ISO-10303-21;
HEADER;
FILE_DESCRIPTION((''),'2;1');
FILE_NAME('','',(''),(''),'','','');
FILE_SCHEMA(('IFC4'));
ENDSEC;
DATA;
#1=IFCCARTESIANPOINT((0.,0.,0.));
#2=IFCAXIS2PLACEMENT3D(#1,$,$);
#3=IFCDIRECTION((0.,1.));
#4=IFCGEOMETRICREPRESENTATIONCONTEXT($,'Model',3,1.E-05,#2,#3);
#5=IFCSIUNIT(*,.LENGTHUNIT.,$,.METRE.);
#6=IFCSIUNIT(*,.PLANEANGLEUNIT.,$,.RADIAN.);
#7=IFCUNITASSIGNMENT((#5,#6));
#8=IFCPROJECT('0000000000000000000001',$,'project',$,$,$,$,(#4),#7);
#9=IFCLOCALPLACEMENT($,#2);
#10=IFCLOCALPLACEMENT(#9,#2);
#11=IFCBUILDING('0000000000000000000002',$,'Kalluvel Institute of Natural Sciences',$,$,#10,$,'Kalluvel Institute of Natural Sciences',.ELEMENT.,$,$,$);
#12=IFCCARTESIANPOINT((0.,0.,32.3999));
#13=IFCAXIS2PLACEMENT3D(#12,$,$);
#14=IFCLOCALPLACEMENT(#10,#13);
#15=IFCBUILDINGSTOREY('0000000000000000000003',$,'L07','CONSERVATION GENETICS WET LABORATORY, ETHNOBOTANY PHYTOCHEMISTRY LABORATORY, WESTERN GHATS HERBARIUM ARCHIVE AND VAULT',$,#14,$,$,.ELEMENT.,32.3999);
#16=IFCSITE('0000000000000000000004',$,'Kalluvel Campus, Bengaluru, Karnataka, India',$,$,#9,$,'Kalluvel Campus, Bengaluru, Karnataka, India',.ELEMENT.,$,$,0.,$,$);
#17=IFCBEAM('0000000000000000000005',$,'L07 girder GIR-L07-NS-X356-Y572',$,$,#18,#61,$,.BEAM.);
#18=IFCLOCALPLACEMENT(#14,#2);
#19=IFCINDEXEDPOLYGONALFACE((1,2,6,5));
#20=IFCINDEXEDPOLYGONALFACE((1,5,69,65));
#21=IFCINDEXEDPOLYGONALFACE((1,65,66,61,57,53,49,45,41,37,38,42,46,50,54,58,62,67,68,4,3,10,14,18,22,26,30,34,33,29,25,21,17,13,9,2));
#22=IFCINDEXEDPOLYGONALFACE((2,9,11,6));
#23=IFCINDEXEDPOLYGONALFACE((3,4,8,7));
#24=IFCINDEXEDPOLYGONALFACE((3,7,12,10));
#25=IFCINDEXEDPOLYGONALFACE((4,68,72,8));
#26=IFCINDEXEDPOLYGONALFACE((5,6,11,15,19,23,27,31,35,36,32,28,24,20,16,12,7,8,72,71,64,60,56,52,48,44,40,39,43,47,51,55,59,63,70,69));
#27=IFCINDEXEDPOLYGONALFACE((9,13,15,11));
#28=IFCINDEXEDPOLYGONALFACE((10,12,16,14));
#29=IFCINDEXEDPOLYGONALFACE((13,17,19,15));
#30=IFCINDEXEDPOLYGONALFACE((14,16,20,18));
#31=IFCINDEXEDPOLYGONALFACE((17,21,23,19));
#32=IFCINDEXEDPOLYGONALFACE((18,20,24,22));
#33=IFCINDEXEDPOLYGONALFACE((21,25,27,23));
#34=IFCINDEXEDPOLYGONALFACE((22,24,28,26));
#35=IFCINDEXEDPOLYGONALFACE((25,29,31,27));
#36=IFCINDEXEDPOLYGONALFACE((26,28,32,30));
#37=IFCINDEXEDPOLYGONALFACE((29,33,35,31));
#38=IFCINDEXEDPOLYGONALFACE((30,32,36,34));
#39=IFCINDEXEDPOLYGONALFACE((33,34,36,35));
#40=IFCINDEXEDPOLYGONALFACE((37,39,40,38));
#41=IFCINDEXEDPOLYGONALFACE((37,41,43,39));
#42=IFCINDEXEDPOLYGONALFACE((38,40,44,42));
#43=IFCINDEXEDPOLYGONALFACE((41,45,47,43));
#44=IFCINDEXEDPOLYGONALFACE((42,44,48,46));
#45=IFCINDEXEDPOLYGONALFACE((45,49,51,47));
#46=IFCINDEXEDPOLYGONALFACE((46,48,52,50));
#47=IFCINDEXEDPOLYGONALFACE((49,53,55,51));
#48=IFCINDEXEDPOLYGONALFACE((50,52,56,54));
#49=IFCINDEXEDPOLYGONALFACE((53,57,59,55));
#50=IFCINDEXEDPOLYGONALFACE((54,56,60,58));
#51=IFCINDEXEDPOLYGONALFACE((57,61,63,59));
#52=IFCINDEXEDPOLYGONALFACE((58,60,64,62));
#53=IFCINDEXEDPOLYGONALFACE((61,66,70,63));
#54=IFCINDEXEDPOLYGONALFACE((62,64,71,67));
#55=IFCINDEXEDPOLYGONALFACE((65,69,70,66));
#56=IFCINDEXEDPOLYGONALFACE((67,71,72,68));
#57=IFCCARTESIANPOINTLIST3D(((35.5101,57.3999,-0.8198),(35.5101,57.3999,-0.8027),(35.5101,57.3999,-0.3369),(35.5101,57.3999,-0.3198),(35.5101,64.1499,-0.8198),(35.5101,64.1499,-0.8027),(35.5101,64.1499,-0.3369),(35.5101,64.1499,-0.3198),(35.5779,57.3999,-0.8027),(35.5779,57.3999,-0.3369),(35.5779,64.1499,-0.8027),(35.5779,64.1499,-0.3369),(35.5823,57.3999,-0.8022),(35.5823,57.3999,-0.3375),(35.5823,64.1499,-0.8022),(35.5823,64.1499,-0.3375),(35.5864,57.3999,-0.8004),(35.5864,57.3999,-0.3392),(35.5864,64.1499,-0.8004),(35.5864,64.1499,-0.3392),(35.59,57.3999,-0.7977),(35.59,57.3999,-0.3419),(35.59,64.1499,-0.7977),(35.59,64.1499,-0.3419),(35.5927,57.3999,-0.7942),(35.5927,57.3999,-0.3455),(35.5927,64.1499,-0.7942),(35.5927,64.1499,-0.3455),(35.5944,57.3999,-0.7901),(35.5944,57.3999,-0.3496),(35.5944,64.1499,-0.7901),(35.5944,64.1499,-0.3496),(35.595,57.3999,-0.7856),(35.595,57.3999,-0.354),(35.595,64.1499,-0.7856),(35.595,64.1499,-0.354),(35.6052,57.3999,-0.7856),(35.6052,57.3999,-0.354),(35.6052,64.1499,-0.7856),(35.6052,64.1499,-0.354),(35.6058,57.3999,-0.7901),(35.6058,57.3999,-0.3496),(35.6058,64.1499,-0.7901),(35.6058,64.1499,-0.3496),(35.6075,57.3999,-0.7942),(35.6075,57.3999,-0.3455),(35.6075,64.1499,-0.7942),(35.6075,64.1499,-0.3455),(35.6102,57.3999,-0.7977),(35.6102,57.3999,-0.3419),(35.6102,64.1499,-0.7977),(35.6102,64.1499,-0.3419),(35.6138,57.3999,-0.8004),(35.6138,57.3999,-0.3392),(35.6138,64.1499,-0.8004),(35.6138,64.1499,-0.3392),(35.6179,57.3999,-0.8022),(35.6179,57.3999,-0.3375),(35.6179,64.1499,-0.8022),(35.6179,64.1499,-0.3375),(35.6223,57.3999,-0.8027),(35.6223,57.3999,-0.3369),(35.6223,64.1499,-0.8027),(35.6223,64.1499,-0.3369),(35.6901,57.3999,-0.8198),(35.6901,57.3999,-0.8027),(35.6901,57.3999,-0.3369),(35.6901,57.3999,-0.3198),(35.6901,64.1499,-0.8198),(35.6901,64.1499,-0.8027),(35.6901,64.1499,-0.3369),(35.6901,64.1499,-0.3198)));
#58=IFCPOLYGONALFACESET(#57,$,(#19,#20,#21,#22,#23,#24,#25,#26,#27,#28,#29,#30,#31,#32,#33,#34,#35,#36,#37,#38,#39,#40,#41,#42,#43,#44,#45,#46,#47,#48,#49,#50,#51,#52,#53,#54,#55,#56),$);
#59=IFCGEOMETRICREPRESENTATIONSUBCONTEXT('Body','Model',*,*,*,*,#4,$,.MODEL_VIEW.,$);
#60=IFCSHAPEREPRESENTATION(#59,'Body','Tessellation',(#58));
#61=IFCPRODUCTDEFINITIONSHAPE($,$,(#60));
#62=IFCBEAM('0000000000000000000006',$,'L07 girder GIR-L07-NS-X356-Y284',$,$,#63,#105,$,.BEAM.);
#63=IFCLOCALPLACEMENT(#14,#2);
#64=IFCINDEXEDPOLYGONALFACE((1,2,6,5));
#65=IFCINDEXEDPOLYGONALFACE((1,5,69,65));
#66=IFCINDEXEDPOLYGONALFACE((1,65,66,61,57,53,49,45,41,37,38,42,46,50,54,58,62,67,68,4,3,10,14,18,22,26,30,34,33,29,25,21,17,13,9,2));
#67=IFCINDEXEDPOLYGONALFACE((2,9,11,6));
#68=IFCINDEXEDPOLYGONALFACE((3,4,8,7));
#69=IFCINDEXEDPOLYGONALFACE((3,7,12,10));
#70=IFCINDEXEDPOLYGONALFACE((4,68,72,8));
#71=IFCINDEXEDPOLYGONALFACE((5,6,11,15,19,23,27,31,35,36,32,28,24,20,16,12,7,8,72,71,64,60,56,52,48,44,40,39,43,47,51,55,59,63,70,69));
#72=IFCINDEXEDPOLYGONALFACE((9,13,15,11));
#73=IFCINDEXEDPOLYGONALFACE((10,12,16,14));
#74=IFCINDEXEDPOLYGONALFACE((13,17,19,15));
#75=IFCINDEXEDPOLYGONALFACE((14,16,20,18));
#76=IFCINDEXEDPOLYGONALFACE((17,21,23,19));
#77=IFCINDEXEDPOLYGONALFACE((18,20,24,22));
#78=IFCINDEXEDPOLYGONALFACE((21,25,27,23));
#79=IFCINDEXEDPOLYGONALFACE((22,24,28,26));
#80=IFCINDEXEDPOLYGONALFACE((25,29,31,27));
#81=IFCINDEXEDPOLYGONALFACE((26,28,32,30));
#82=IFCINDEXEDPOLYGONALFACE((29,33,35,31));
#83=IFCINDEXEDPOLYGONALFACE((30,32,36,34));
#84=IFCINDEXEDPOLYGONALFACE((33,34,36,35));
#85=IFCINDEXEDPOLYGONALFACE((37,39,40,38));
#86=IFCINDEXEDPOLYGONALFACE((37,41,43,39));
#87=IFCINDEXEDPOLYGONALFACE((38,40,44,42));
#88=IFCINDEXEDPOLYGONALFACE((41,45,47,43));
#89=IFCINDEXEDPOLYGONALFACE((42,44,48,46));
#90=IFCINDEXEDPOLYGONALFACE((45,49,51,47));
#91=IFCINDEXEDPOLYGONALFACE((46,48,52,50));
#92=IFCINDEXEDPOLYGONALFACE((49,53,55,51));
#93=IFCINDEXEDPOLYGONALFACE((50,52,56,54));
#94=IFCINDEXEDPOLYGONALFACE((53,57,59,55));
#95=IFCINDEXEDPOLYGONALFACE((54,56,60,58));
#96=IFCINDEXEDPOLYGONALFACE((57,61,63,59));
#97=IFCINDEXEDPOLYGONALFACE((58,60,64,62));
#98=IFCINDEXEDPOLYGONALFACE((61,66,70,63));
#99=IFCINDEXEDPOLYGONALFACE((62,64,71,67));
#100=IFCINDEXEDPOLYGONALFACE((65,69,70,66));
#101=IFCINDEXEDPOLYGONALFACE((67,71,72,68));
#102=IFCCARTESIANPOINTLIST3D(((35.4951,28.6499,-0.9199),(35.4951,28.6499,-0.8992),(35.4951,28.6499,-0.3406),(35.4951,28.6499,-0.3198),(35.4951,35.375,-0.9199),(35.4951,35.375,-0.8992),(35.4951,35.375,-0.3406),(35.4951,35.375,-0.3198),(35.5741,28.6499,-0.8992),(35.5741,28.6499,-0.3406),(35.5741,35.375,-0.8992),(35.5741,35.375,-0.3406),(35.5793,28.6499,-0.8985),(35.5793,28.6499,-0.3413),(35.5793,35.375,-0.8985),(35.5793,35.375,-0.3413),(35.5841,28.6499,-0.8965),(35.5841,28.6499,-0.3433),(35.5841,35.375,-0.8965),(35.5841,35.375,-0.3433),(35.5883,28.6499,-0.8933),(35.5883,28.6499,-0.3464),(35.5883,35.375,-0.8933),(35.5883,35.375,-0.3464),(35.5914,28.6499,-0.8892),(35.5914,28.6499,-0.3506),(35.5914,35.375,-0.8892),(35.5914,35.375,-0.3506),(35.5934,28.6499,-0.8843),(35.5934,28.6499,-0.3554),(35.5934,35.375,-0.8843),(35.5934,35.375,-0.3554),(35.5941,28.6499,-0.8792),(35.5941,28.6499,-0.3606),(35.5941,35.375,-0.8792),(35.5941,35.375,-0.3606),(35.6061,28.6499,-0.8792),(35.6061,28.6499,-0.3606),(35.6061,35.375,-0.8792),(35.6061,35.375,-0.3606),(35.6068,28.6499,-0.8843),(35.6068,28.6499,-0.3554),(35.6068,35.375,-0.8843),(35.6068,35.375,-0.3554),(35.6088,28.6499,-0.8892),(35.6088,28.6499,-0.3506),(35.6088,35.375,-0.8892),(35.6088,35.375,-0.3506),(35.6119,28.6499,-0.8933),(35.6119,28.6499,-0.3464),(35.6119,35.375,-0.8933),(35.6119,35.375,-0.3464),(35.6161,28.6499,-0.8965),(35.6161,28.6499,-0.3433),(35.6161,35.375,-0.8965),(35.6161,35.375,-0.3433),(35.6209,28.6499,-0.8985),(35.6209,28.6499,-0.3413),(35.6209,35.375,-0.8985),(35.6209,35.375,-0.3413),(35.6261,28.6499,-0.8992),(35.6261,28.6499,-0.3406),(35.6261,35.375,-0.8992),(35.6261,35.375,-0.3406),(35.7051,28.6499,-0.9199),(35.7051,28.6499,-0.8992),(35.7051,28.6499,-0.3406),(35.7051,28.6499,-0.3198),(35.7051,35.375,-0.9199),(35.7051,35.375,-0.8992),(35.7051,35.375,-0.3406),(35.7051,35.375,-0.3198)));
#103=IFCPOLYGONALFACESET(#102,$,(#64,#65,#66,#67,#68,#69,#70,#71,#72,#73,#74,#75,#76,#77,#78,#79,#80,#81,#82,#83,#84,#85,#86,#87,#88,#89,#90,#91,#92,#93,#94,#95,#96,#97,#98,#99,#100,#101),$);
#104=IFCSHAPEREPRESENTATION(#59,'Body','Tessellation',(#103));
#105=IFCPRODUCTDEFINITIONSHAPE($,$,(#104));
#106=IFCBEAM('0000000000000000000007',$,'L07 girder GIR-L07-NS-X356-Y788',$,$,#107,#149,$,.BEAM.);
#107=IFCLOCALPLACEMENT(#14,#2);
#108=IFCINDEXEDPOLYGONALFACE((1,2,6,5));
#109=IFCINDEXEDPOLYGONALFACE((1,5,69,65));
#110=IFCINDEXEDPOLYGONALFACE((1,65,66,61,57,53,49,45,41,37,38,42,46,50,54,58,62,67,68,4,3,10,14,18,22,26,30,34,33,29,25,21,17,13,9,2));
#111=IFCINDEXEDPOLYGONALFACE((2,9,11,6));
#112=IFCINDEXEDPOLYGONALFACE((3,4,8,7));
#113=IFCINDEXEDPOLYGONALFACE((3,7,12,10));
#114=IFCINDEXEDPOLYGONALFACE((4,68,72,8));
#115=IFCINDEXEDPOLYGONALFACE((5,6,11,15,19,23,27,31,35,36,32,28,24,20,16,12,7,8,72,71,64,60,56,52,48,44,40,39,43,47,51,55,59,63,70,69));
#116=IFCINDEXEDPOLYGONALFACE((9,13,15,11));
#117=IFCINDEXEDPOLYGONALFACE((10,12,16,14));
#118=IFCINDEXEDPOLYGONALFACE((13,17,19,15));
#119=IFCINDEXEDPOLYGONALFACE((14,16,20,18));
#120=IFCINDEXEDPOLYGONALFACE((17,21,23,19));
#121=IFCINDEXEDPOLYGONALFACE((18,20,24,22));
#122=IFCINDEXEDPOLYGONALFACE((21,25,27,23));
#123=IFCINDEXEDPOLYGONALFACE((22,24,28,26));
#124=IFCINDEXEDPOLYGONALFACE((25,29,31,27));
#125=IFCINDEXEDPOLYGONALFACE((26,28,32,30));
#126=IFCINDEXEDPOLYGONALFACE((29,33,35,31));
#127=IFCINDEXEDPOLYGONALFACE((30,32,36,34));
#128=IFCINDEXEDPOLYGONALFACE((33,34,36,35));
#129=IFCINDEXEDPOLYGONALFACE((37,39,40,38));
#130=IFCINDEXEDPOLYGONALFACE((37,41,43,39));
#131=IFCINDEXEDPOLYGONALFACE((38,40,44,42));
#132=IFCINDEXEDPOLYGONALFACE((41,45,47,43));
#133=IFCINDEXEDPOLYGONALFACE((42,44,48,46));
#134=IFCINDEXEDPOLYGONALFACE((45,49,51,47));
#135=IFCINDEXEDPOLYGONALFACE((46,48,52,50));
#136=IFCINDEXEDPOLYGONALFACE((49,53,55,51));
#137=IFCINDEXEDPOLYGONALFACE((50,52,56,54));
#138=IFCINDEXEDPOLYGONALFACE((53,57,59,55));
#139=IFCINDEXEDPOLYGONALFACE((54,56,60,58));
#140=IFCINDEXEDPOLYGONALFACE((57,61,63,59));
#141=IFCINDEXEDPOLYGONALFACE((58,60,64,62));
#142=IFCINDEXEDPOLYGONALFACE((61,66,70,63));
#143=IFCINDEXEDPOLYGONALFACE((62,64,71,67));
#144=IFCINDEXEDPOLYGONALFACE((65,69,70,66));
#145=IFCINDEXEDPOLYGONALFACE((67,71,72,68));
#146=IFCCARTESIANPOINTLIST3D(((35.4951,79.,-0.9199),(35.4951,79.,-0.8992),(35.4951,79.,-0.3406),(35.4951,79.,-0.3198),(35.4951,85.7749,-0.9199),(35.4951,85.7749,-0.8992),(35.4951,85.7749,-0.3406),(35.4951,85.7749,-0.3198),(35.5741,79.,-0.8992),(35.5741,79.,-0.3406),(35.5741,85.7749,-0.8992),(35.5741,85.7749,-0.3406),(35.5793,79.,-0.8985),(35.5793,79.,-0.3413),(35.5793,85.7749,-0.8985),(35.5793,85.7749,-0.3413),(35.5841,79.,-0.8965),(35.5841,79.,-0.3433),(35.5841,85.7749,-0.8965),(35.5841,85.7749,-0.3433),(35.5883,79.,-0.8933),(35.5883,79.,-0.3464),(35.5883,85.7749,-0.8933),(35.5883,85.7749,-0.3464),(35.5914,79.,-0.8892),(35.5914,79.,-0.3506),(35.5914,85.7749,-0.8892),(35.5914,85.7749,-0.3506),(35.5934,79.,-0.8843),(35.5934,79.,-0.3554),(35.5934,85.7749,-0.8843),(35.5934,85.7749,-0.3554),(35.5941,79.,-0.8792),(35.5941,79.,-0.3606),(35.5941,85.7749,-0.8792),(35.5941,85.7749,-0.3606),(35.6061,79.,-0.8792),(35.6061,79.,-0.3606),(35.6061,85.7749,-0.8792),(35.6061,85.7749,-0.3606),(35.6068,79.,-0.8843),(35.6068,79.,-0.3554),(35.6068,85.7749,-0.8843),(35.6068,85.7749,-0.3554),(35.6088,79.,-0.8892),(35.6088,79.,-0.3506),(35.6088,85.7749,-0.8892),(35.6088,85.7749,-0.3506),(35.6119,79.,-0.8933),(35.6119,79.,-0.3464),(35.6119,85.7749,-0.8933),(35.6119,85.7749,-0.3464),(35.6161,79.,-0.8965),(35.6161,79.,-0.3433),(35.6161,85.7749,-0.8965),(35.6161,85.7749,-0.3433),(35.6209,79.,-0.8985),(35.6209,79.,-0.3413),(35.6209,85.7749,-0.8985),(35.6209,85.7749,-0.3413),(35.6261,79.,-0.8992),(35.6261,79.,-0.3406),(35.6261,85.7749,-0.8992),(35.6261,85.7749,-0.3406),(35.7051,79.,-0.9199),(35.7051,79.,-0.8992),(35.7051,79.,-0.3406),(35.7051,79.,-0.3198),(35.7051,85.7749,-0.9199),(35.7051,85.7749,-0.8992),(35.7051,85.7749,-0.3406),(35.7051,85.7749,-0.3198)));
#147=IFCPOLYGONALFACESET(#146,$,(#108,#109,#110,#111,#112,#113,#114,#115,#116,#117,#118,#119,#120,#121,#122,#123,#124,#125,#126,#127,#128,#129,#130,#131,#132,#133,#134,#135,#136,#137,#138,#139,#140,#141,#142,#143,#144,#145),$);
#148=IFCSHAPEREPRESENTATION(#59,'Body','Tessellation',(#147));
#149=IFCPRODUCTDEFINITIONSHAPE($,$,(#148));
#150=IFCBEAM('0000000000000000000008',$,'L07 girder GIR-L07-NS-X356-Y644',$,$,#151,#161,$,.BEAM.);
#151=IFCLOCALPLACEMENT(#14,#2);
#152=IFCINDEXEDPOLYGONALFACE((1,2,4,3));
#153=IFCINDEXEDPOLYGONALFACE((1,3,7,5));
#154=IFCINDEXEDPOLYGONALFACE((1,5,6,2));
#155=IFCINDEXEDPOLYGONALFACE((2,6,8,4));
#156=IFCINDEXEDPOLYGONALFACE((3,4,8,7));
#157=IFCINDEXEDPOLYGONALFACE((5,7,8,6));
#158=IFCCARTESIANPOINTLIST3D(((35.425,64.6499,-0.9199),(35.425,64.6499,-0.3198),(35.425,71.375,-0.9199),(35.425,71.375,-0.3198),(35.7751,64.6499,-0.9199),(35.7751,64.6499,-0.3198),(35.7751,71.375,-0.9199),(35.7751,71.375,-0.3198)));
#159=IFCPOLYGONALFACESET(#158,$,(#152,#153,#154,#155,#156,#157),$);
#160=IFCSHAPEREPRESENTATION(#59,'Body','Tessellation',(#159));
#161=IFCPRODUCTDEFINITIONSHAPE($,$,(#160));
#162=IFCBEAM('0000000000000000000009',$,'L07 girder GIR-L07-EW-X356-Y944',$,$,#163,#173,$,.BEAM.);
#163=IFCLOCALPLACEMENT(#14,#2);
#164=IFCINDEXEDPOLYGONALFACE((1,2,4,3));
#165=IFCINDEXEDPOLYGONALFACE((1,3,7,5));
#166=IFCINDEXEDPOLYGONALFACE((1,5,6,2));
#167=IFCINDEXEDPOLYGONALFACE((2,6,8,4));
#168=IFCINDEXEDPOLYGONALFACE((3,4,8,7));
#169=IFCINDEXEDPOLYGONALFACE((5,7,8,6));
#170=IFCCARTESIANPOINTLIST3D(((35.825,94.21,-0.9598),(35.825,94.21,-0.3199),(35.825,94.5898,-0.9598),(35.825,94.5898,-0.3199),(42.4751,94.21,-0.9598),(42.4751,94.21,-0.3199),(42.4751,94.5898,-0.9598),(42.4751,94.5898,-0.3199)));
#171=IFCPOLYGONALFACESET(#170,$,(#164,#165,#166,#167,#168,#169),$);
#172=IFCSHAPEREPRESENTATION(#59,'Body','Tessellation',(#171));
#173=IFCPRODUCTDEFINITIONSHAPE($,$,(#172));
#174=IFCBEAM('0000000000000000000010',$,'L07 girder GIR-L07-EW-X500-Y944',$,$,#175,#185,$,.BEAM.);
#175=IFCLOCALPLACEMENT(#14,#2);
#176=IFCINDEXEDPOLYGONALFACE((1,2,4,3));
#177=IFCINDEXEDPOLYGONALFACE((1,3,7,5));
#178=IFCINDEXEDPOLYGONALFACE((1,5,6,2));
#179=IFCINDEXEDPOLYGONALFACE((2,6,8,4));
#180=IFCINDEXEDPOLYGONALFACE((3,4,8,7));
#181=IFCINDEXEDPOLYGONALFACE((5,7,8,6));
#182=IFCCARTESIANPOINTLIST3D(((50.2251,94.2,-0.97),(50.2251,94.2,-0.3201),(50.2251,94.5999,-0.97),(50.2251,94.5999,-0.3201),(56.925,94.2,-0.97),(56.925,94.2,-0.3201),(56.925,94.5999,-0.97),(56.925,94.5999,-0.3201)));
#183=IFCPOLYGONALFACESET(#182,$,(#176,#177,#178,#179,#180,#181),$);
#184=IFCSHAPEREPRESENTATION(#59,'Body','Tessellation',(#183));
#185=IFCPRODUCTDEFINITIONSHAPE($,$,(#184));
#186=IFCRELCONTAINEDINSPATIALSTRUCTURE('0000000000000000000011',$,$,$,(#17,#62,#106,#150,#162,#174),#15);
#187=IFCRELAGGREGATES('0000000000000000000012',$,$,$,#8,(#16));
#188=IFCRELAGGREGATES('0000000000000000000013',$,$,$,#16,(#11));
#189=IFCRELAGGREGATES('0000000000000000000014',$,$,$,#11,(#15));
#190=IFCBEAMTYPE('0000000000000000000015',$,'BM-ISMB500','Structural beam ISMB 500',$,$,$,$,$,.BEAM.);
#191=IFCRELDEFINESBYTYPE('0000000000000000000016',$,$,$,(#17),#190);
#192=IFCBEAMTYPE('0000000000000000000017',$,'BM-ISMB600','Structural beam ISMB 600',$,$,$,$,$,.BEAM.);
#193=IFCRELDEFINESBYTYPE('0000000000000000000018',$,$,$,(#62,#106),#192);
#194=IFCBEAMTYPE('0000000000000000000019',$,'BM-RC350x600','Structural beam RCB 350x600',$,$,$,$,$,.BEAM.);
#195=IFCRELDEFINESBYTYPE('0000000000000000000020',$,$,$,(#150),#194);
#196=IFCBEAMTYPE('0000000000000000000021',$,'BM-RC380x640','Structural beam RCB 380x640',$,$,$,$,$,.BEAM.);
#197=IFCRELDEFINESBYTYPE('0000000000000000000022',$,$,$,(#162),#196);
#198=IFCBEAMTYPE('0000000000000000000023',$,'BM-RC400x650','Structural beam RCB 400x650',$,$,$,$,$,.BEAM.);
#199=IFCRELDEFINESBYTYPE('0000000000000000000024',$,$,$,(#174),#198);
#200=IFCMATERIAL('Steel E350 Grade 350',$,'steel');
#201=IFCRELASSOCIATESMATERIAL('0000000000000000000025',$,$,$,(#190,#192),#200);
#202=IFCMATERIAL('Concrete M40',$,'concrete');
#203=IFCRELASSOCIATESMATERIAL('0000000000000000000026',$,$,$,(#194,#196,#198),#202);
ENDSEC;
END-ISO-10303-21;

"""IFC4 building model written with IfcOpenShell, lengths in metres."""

from ifc_helpers import new_model, si_unit, direction, frame, origin, origin_2d, place, context, subcontext, project, spatial, rectangle, i_section, extrude, material, material_profile, profile_set, type_object, element, save


model = new_model("IFC4")

# Units and contexts
model_context = context("Model", 3, precision=1e-05, world=origin(), true_north=direction((0.0, 1.0)))
body_context = subcontext(model_context, "Body", "Model", "MODEL_VIEW")
ifc_project = project(units=[si_unit("LENGTHUNIT", "METRE"), si_unit("PLANEANGLEUNIT", "RADIAN")], contexts=[model_context])

# Site, building, storey
site_placement = place(None, origin())
site = spatial("IfcSite", under=ifc_project, at=site_placement, Name="Kalluvel Campus, Bengaluru, Karnataka, India", LongName="Kalluvel Campus, Bengaluru, Karnataka, India", CompositionType="ELEMENT", RefElevation=0.0)
building_placement = place(site_placement, origin())
building = spatial("IfcBuilding", under=site, at=building_placement, Name="Kalluvel Institute of Natural Sciences", LongName="Kalluvel Institute of Natural Sciences", CompositionType="ELEMENT")
storey_placement = place(building_placement, frame((0.0, 0.0, 32.3999)))
storey = spatial("IfcBuildingStorey", under=building, at=storey_placement, Name="L07", Description="CONSERVATION GENETICS WET LABORATORY, ETHNOBOTANY PHYTOCHEMISTRY LABORATORY, WESTERN GHATS HERBARIUM ARCHIVE AND VAULT", CompositionType="ELEMENT", Elevation=32.3999)

# Shared definitions
ifc_material_1 = material(Name="Concrete M40", Category="concrete")

# Beams
ifc_material_2 = material(Name="Steel E350 Grade 350", Category="steel")
ifc_material_profile_1 = material_profile(ifc_material_2, i_section(OverallWidth=0.1799, OverallDepth=0.5, WebThickness=0.0103, FlangeThickness=0.0171, FilletRadius=0.0171, at=origin_2d()), Name="ISMB 500")
ifc_profile_set_1 = profile_set([ifc_material_profile_1], Name="Steel E350 Grade 350")
beam_type_1 = type_object("IfcBeamType", Name="BM-ISMB500", Description="Structural beam ISMB 500", PredefinedType="BEAM", material=ifc_profile_set_1)
beam_1_placement = place(storey_placement, frame((35.6001, 57.3999, -0.5698), z_axis=(0.0, 1.0, 0.0), x_axis=(-1.0, 0.0, 0.0)))
element("IfcBeam", 1, at=beam_1_placement, inside=storey, type_object=beam_type_1, Name="L07 girder GIR-L07-NS-X356-Y572", PredefinedType="BEAM", context=body_context, shape_type="SweptSolid", body=[
    extrude(i_section(OverallWidth=0.1799, OverallDepth=0.5, WebThickness=0.0103, FlangeThickness=0.0171, FilletRadius=0.0171, at=origin_2d()), origin(), (0.0, 0.0, 1.0), 6.75),
])
ifc_material_profile_2 = material_profile(ifc_material_2, i_section(OverallWidth=0.21, OverallDepth=0.6001, WebThickness=0.012, FlangeThickness=0.0208, FilletRadius=0.02, at=origin_2d()), Name="ISMB 600")
ifc_profile_set_2 = profile_set([ifc_material_profile_2], Name="Steel E350 Grade 350")
beam_type_2 = type_object("IfcBeamType", Name="BM-ISMB600", Description="Structural beam ISMB 600", PredefinedType="BEAM", material=ifc_profile_set_2)
beam_2_placement = place(storey_placement, frame((35.6001, 28.6499, -0.6199), z_axis=(0.0, 1.0, 0.0), x_axis=(-1.0, 0.0, 0.0)))
element("IfcBeam", 2, at=beam_2_placement, inside=storey, type_object=beam_type_2, Name="L07 girder GIR-L07-NS-X356-Y284", PredefinedType="BEAM", context=body_context, shape_type="SweptSolid", body=[
    extrude(i_section(OverallWidth=0.21, OverallDepth=0.6001, WebThickness=0.012, FlangeThickness=0.0208, FilletRadius=0.02, at=origin_2d()), origin(), (0.0, 0.0, 1.0), 6.7251),
])
beam_3_placement = place(storey_placement, frame((35.6001, 79.0, -0.6199), z_axis=(0.0, 1.0, 0.0), x_axis=(-1.0, 0.0, 0.0)))
element("IfcBeam", 3, at=beam_3_placement, inside=storey, type_object=beam_type_2, Name="L07 girder GIR-L07-NS-X356-Y788", PredefinedType="BEAM", context=body_context, shape_type="SweptSolid", body=[
    extrude(i_section(OverallWidth=0.21, OverallDepth=0.6001, WebThickness=0.012, FlangeThickness=0.0208, FilletRadius=0.02, at=origin_2d()), origin(), (0.0, 0.0, 1.0), 6.7749),
])
ifc_material_profile_3 = material_profile(ifc_material_1, rectangle(XDim=0.3501, YDim=0.6001, at=origin_2d()), Name="RCB 350x600")
ifc_profile_set_3 = profile_set([ifc_material_profile_3], Name="Concrete M40")
beam_type_3 = type_object("IfcBeamType", Name="BM-RC350x600", Description="Structural beam RCB 350x600", PredefinedType="BEAM", material=ifc_profile_set_3)
beam_4_placement = place(storey_placement, frame((35.6001, 64.6499, -0.6199), z_axis=(0.0, 1.0, 0.0), x_axis=(-1.0, 0.0, 0.0)))
element("IfcBeam", 4, at=beam_4_placement, inside=storey, type_object=beam_type_3, Name="L07 girder GIR-L07-NS-X356-Y644", PredefinedType="BEAM", context=body_context, shape_type="SweptSolid", body=[
    extrude(rectangle(XDim=0.3501, YDim=0.6001, at=origin_2d()), origin(), (0.0, 0.0, 1.0), 6.7251),
])
ifc_material_profile_4 = material_profile(ifc_material_1, rectangle(XDim=0.3799, YDim=0.6399, at=origin_2d()), Name="RCB 380x640")
ifc_profile_set_4 = profile_set([ifc_material_profile_4], Name="Concrete M40")
beam_type_4 = type_object("IfcBeamType", Name="BM-RC380x640", Description="Structural beam RCB 380x640", PredefinedType="BEAM", material=ifc_profile_set_4)
beam_5_placement = place(storey_placement, frame((35.825, 94.3999, -0.6399), z_axis=(1.0, 0.0, 0.0), x_axis=(0.0, 1.0, 0.0)))
element("IfcBeam", 5, at=beam_5_placement, inside=storey, type_object=beam_type_4, Name="L07 girder GIR-L07-EW-X356-Y944", PredefinedType="BEAM", context=body_context, shape_type="SweptSolid", body=[
    extrude(rectangle(XDim=0.3799, YDim=0.6399, at=origin_2d()), origin(), (0.0, 0.0, 1.0), 6.6501),
])
ifc_material_profile_5 = material_profile(ifc_material_1, rectangle(XDim=0.3999, YDim=0.6499, at=origin_2d()), Name="RCB 400x650")
ifc_profile_set_5 = profile_set([ifc_material_profile_5], Name="Concrete M40")
beam_type_5 = type_object("IfcBeamType", Name="BM-RC400x650", Description="Structural beam RCB 400x650", PredefinedType="BEAM", material=ifc_profile_set_5)
beam_6_placement = place(storey_placement, frame((50.2251, 94.3999, -0.645), z_axis=(1.0, 0.0, 0.0), x_axis=(0.0, 1.0, 0.0)))
element("IfcBeam", 6, at=beam_6_placement, inside=storey, type_object=beam_type_5, Name="L07 girder GIR-L07-EW-X500-Y944", PredefinedType="BEAM", context=body_context, shape_type="SweptSolid", body=[
    extrude(rectangle(XDim=0.3999, YDim=0.6499, at=origin_2d()), origin(), (0.0, 0.0, 1.0), 6.7),
])

save(model, "model.ifc")
